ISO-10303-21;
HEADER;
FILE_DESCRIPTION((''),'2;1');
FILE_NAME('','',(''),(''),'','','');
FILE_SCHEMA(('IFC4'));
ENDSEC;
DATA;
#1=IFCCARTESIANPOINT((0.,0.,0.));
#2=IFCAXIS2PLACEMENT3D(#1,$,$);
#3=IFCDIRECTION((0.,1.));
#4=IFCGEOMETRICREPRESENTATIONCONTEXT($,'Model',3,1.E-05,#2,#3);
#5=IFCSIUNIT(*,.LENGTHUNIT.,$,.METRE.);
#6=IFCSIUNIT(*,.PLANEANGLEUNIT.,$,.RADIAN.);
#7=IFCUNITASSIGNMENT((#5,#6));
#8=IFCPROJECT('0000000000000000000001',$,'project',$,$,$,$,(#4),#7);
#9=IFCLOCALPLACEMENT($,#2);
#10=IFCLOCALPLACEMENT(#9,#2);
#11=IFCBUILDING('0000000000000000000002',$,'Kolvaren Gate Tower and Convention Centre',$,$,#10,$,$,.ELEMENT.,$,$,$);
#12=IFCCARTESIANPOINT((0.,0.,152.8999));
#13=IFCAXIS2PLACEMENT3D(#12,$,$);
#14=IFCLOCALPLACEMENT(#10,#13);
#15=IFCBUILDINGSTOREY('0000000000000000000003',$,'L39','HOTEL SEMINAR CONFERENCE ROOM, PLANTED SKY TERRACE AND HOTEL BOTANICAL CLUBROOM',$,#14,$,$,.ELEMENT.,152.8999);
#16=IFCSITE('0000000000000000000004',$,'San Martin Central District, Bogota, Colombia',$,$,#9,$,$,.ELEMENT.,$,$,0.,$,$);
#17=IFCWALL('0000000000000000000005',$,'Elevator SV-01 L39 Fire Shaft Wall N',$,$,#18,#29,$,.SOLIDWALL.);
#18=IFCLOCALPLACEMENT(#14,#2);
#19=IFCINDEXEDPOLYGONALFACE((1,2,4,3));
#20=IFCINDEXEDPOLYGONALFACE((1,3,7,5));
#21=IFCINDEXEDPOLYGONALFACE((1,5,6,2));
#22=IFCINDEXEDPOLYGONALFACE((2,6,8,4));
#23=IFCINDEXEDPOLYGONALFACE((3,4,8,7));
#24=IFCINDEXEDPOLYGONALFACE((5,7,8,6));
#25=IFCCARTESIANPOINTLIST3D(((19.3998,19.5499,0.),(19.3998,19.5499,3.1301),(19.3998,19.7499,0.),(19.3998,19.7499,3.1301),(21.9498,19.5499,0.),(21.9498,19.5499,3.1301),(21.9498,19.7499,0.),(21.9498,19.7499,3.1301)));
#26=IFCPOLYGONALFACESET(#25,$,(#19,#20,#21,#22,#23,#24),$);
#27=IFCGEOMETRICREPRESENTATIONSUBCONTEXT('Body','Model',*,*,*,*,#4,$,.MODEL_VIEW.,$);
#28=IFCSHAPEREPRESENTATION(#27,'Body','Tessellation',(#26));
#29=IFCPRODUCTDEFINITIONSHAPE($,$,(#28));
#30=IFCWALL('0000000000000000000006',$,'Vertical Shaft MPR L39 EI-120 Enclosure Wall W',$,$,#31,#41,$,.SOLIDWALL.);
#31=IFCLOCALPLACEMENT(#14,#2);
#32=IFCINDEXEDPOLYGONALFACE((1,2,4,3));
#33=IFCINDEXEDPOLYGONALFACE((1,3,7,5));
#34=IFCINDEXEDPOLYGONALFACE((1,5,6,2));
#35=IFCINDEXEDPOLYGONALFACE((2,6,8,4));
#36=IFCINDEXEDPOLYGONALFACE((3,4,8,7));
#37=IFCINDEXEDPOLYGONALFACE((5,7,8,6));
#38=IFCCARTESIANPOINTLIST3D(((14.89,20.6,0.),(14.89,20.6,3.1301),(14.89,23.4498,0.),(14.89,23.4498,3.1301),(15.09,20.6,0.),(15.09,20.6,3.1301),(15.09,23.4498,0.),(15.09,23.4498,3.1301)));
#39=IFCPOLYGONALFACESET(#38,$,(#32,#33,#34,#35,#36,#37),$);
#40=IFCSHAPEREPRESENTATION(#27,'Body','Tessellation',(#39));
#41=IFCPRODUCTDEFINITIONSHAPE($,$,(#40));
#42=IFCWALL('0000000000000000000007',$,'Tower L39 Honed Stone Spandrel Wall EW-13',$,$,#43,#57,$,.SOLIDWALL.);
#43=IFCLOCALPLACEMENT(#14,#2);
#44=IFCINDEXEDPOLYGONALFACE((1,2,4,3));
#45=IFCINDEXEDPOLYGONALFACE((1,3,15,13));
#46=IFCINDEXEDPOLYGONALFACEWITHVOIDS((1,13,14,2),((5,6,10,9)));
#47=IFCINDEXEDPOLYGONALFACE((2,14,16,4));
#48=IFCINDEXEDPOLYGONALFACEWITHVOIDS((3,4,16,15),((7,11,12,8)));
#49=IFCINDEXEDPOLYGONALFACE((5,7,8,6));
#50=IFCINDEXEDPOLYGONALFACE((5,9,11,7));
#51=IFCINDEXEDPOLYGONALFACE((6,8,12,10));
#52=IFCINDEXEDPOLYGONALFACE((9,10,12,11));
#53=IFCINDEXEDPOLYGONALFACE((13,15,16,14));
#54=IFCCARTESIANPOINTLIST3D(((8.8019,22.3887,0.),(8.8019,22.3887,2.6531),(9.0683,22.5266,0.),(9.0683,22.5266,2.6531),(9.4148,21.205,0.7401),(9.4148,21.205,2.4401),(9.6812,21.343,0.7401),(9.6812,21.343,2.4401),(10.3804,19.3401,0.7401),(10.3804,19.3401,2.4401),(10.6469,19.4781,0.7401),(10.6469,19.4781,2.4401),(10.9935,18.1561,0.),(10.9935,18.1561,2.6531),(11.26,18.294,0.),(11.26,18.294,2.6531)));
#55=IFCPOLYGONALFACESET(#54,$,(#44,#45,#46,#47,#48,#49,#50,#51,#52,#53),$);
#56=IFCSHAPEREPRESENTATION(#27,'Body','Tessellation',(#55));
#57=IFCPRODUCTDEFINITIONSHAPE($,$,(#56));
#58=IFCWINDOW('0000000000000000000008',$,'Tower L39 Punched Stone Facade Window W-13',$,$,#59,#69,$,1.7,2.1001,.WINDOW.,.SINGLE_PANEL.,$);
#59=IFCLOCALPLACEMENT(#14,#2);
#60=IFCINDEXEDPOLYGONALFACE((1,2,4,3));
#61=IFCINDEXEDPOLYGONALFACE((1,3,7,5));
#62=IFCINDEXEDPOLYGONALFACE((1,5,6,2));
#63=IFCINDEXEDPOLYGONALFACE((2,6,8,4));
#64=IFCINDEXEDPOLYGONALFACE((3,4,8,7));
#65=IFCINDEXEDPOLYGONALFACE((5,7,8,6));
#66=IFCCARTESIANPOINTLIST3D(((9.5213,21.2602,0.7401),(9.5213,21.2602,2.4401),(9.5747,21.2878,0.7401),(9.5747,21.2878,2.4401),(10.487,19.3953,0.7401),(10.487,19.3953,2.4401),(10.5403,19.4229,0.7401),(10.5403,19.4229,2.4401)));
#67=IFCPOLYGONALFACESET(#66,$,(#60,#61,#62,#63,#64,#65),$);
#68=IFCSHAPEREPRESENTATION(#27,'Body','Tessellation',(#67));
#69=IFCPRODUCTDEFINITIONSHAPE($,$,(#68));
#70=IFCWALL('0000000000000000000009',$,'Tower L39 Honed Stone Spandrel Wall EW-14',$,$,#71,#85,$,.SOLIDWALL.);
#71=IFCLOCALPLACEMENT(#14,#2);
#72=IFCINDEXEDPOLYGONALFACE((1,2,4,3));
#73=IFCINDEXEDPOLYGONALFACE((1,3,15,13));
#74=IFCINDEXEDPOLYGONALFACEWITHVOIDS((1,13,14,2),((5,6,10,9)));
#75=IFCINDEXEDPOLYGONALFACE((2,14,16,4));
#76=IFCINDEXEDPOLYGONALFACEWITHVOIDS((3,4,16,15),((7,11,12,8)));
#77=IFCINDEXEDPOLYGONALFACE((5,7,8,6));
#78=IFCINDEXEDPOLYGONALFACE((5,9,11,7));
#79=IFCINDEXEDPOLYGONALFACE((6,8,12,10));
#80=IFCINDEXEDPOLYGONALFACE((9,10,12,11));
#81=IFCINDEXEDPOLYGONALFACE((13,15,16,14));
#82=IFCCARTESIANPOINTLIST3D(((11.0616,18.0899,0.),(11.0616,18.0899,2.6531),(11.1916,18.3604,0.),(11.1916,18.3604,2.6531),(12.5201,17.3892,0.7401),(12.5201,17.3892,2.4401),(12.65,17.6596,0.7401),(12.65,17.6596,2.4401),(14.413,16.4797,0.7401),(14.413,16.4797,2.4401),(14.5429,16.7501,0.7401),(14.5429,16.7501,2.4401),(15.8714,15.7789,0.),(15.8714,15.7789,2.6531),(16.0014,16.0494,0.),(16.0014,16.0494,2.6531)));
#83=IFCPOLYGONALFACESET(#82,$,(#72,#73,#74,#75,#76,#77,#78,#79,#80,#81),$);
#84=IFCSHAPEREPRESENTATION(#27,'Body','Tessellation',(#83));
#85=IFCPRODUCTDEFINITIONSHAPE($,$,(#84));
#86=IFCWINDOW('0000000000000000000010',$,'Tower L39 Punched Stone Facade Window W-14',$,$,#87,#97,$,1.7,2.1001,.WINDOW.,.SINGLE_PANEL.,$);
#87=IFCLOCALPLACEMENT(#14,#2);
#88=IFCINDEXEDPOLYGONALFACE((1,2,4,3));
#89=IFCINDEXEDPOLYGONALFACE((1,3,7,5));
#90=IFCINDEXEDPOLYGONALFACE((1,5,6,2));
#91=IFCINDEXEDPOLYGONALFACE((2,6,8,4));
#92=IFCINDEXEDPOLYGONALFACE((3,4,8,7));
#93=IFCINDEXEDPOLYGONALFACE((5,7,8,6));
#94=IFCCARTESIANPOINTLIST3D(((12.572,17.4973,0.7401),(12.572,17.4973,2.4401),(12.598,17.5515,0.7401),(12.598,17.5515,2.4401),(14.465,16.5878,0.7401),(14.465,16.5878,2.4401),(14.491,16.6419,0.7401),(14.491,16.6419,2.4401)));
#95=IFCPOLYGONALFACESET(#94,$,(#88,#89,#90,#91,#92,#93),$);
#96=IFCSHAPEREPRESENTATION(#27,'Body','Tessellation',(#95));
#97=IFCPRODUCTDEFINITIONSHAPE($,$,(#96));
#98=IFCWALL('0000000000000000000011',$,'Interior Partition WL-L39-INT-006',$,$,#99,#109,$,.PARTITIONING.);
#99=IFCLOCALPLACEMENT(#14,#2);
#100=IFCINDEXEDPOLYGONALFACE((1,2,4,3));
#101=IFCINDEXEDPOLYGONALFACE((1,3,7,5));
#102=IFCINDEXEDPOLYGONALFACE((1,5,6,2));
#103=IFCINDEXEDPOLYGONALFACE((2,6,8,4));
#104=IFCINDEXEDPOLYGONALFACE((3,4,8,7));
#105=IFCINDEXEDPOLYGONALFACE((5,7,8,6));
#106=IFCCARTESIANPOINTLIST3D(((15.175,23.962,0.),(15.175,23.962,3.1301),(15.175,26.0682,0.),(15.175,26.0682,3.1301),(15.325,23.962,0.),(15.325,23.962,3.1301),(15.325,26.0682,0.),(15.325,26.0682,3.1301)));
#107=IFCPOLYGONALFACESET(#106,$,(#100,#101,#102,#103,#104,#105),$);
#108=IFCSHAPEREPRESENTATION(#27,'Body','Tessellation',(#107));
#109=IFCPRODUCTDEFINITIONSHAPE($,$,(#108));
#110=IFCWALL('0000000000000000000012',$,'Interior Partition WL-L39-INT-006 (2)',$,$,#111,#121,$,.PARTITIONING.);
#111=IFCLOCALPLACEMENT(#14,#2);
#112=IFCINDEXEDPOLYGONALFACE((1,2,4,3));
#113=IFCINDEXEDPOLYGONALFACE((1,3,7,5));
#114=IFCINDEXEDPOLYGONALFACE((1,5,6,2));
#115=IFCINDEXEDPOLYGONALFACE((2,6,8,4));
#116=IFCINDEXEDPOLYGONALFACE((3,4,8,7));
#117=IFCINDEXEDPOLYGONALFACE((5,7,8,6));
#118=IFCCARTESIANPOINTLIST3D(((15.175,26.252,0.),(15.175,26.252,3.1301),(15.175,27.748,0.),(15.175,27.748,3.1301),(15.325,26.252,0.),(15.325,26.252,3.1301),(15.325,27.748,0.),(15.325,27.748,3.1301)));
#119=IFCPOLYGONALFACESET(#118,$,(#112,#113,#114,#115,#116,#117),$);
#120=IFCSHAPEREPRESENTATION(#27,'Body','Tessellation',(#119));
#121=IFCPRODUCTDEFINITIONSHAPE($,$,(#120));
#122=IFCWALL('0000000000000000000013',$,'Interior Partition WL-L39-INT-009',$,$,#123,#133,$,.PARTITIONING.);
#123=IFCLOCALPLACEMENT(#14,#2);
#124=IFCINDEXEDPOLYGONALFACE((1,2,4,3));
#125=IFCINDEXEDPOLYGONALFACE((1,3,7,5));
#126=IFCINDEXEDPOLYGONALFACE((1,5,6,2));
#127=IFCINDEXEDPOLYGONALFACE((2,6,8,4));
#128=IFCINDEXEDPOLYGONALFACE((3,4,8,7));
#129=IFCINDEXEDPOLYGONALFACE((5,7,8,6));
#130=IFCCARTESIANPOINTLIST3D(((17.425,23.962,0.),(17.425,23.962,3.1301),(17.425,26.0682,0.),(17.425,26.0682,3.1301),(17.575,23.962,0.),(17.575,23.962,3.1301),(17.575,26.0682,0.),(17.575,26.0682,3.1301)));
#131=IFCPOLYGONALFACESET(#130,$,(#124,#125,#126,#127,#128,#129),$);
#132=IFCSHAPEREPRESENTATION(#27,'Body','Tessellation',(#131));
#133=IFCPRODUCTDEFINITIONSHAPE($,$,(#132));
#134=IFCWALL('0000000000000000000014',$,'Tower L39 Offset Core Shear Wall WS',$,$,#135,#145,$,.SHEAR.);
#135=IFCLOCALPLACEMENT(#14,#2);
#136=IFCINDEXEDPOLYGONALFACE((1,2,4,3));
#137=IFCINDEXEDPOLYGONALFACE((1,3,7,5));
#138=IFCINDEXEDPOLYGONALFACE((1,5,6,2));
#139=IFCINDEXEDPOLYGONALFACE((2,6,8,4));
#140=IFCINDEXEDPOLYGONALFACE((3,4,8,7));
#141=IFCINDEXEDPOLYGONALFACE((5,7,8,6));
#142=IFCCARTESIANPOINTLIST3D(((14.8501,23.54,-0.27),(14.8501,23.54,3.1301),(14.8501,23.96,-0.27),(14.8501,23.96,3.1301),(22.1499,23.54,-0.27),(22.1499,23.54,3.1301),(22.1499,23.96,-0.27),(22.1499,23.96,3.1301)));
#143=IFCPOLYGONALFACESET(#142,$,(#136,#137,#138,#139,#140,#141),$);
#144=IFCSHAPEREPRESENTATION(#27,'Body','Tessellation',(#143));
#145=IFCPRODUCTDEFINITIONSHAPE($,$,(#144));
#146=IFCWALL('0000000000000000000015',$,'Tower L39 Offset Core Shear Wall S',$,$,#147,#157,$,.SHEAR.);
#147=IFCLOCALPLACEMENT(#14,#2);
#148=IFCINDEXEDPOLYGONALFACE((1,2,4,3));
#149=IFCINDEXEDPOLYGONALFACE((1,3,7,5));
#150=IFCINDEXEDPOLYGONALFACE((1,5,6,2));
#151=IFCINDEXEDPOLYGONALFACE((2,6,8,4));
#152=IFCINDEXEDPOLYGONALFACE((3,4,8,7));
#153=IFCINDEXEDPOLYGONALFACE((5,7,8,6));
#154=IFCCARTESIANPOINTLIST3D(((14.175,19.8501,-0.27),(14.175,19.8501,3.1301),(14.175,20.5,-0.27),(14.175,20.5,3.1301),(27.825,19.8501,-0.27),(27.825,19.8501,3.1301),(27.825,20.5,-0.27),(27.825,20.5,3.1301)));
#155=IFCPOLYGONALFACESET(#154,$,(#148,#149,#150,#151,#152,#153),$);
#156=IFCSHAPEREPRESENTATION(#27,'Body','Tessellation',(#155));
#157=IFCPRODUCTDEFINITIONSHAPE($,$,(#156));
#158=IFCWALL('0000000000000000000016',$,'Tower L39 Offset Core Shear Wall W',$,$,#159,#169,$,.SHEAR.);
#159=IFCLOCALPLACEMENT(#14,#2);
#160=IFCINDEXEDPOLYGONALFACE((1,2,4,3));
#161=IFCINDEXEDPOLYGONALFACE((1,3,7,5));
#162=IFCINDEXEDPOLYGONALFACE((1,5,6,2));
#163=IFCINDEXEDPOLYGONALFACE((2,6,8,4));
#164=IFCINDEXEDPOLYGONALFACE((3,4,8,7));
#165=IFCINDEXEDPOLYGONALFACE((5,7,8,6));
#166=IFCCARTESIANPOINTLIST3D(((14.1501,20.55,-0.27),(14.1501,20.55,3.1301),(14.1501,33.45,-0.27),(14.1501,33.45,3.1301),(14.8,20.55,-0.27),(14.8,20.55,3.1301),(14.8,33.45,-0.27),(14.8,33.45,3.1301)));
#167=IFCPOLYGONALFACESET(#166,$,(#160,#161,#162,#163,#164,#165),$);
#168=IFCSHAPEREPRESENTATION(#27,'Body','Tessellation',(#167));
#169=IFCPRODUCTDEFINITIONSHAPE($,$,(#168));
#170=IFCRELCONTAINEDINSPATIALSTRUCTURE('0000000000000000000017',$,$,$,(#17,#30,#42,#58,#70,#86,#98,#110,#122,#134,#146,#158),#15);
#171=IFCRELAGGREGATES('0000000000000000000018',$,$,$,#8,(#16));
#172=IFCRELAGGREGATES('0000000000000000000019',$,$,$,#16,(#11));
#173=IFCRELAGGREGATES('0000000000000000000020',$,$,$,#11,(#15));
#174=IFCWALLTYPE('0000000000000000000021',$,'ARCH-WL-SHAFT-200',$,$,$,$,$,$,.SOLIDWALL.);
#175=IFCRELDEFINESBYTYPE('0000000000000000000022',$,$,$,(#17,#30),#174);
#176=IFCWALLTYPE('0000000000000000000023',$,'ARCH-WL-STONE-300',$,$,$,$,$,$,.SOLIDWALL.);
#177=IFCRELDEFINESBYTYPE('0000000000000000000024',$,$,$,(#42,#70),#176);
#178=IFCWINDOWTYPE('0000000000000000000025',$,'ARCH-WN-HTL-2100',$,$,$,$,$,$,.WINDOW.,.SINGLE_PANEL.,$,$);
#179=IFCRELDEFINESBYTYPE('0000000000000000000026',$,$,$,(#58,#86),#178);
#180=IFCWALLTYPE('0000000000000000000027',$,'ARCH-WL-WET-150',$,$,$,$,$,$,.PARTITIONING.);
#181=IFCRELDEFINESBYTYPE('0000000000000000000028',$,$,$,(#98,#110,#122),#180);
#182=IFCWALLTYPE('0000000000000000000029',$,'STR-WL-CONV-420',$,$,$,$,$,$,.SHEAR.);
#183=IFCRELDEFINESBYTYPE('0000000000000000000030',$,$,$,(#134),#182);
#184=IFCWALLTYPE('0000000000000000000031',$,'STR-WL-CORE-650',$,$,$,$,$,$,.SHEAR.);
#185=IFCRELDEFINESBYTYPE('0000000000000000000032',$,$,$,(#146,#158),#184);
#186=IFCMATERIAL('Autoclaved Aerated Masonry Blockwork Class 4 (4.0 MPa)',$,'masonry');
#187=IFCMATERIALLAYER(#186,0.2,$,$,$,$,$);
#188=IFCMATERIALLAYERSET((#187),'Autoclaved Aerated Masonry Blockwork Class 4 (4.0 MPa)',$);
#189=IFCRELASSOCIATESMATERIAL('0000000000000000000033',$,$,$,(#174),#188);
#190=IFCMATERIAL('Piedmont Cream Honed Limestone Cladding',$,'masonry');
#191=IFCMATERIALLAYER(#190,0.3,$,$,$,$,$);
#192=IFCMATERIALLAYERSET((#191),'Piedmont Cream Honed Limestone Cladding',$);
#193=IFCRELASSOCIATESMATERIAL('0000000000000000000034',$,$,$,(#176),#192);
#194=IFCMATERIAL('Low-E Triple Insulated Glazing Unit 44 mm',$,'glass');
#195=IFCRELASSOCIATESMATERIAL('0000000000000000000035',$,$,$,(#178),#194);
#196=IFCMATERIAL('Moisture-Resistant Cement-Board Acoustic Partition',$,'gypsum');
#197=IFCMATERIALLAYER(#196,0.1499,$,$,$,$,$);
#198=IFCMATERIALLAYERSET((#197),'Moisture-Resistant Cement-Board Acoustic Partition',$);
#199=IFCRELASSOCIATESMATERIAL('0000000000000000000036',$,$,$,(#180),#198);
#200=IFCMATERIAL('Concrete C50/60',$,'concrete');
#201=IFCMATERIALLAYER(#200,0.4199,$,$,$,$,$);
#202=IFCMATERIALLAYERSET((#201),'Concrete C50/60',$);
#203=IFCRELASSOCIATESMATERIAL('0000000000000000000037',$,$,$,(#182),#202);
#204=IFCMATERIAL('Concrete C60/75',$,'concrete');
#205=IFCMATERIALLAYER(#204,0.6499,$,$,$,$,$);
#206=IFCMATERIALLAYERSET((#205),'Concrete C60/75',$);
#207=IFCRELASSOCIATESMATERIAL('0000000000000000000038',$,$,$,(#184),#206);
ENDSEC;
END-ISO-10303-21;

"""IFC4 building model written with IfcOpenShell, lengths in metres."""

from ifc_helpers import new_model, si_unit, direction, frame, frame_2d, origin, place, context, subcontext, project, spatial, rectangle, extrude, material, layer, layer_set, type_object, element, fill, save


model = new_model("IFC4")

# Units and contexts
model_context = context("Model", 3, precision=1e-05, world=origin(), true_north=direction((0.0, 1.0)))
body_context = subcontext(model_context, "Body", "Model", "MODEL_VIEW")
ifc_project = project(units=[si_unit("LENGTHUNIT", "METRE"), si_unit("PLANEANGLEUNIT", "RADIAN")], contexts=[model_context])

# Site, building, storey
site_placement = place(None, origin())
site = spatial("IfcSite", under=ifc_project, at=site_placement, Name="San Martin Central District, Bogota, Colombia", CompositionType="ELEMENT", RefElevation=0.0)
building_placement = place(site_placement, origin())
building = spatial("IfcBuilding", under=site, at=building_placement, Name="Kolvaren Gate Tower and Convention Centre", CompositionType="ELEMENT")
storey_placement = place(building_placement, frame((0.0, 0.0, 152.8999)))
storey = spatial("IfcBuildingStorey", under=building, at=storey_placement, Name="L39", Description="HOTEL SEMINAR CONFERENCE ROOM, PLANTED SKY TERRACE AND HOTEL BOTANICAL CLUBROOM", CompositionType="ELEMENT", Elevation=152.8999)

# Shared definitions
ifc_material_1 = material(Name="Concrete C60/75", Category="concrete")

# Shared definitions
ifc_material_2 = material(Name="Autoclaved Aerated Masonry Blockwork Class 4 (4.0 MPa)", Category="masonry")

# Walls
ifc_layer_1 = layer(ifc_material_2, 0.2)
ifc_layer_set_1 = layer_set([ifc_layer_1], Name="Autoclaved Aerated Masonry Blockwork Class 4 (4.0 MPa)")
wall_type_1 = type_object("IfcWallType", Name="ARCH-WL-SHAFT-200", PredefinedType="SOLIDWALL", material=ifc_layer_set_1)
wall_1_placement = place(storey_placement, frame((19.3999, 19.6499, 0.0), z_axis=(0.0, 0.0, 1.0), x_axis=(1.0, 0.0, 0.0)))
element("IfcWall", 1, at=wall_1_placement, inside=storey, type_object=wall_type_1, Name="Elevator SV-01 L39 Fire Shaft Wall N", PredefinedType="SOLIDWALL", context=body_context, shape_type="SweptSolid", body=[
    extrude(rectangle(XDim=2.55, YDim=0.2, at=frame_2d((1.2749, 0.0))), origin(), (0.0, 0.0, 1.0), 3.1301),
])
wall_2_placement = place(storey_placement, frame((14.99, 20.6001, 0.0), z_axis=(0.0, 0.0, 1.0), x_axis=(0.0, 1.0, 0.0)))
element("IfcWall", 2, at=wall_2_placement, inside=storey, type_object=wall_type_1, Name="Vertical Shaft MPR L39 EI-120 Enclosure Wall W", PredefinedType="SOLIDWALL", context=body_context, shape_type="SweptSolid", body=[
    extrude(rectangle(XDim=2.8499, YDim=0.2, at=frame_2d((1.4248, 0.0))), origin(), (0.0, 0.0, 1.0), 3.1301),
])

# Walls, openings, windows
ifc_material_3 = material(Name="Piedmont Cream Honed Limestone Cladding", Category="masonry")
ifc_layer_2 = layer(ifc_material_3, 0.3)
ifc_layer_set_2 = layer_set([ifc_layer_2], Name="Piedmont Cream Honed Limestone Cladding")
wall_type_2 = type_object("IfcWallType", Name="ARCH-WL-STONE-300", PredefinedType="SOLIDWALL", material=ifc_layer_set_2)
wall_3_placement = place(storey_placement, frame((8.9351, 22.4578, 0.0), z_axis=(0.0, 0.0, 1.0), x_axis=(0.45981, -0.888017, 0.0)))
wall_3 = element("IfcWall", 3, at=wall_3_placement, inside=storey, type_object=wall_type_2, Name="Tower L39 Honed Stone Spandrel Wall EW-13", PredefinedType="SOLIDWALL", context=body_context, shape_type="SweptSolid", body=[
    extrude(rectangle(XDim=4.7664, YDim=0.3, at=frame_2d((2.3833, 0.0))), origin(), (0.0, 0.0, 1.0), 2.6531),
])
opening_1_placement = place(wall_3_placement, frame((1.333, 0.0, 0.74)))
opening_1 = element("IfcOpeningElement", 4, at=opening_1_placement, cuts=wall_3, PredefinedType="OPENING", context=body_context, shape_type="SweptSolid", body=[
    extrude(rectangle(XDim=2.1001, YDim=1.7, at=frame_2d((1.05, 0.8501))), frame((0.0, 0.1599, 0.0), z_axis=(0.0, -1.0, 0.0), x_axis=(1.0, 0.0, 0.0)), (0.0, 0.0, 1.0), 0.3201),
])
ifc_material_4 = material(Name="Low-E Triple Insulated Glazing Unit 44 mm", Category="glass")
window_type = type_object("IfcWindowType", Name="ARCH-WN-HTL-2100", PartitioningType="SINGLE_PANEL", PredefinedType="WINDOW", material=ifc_material_4)
window_1_placement = place(opening_1_placement, origin())
window_1 = element("IfcWindow", 5, at=window_1_placement, inside=storey, type_object=window_type, Name="Tower L39 Punched Stone Facade Window W-13", OverallHeight=1.7, OverallWidth=2.1001, PartitioningType="SINGLE_PANEL", PredefinedType="WINDOW", context=body_context, shape_type="SweptSolid", body=[
    extrude(rectangle(XDim=2.1001, YDim=1.7, at=frame_2d((1.05, 0.8501))), frame((0.0, 0.03, 0.0), z_axis=(0.0, -1.0, 0.0), x_axis=(1.0, 0.0, 0.0)), (0.0, 0.0, 1.0), 0.0601),
])
fill(opening_1, window_1)
wall_4_placement = place(storey_placement, frame((11.1267, 18.2251, 0.0), z_axis=(0.0, 0.0, 1.0), x_axis=(0.901353, -0.433085, 0.0)))
wall_4 = element("IfcWall", 6, at=wall_4_placement, inside=storey, type_object=wall_type_2, Name="Tower L39 Honed Stone Spandrel Wall EW-14", PredefinedType="SOLIDWALL", context=body_context, shape_type="SweptSolid", body=[
    extrude(rectangle(XDim=5.3362, YDim=0.3, at=frame_2d((2.668, 0.0))), origin(), (0.0, 0.0, 1.0), 2.6531),
])
opening_2_placement = place(wall_4_placement, frame((1.6179, 0.0, 0.74)))
opening_2 = element("IfcOpeningElement", 7, at=opening_2_placement, cuts=wall_4, PredefinedType="OPENING", context=body_context, shape_type="SweptSolid", body=[
    extrude(rectangle(XDim=2.1001, YDim=1.7, at=frame_2d((1.05, 0.8501))), frame((0.0, 0.1599, 0.0), z_axis=(0.0, -1.0, 0.0), x_axis=(1.0, 0.0, 0.0)), (0.0, 0.0, 1.0), 0.3201),
])
window_2_placement = place(opening_2_placement, origin())
window_2 = element("IfcWindow", 8, at=window_2_placement, inside=storey, type_object=window_type, Name="Tower L39 Punched Stone Facade Window W-14", OverallHeight=1.7, OverallWidth=2.1001, PartitioningType="SINGLE_PANEL", PredefinedType="WINDOW", context=body_context, shape_type="SweptSolid", body=[
    extrude(rectangle(XDim=2.1001, YDim=1.7, at=frame_2d((1.05, 0.8501))), frame((0.0, 0.03, 0.0), z_axis=(0.0, -1.0, 0.0), x_axis=(1.0, 0.0, 0.0)), (0.0, 0.0, 1.0), 0.0601),
])
fill(opening_2, window_2)

# Walls
ifc_material_5 = material(Name="Moisture-Resistant Cement-Board Acoustic Partition", Category="gypsum")
ifc_layer_3 = layer(ifc_material_5, 0.1499)
ifc_layer_set_3 = layer_set([ifc_layer_3], Name="Moisture-Resistant Cement-Board Acoustic Partition")
wall_type_3 = type_object("IfcWallType", Name="ARCH-WL-WET-150", PredefinedType="PARTITIONING", material=ifc_layer_set_3)
wall_5_placement = place(storey_placement, frame((15.25, 23.9619, 0.0), z_axis=(0.0, 0.0, 1.0), x_axis=(0.0, 1.0, 0.0)))
element("IfcWall", 9, at=wall_5_placement, inside=storey, type_object=wall_type_3, Name="Interior Partition WL-L39-INT-006", PredefinedType="PARTITIONING", context=body_context, shape_type="SweptSolid", body=[
    extrude(rectangle(XDim=2.1062, YDim=0.1499, at=frame_2d((1.0532, 0.0))), origin(), (0.0, 0.0, 1.0), 3.1301),
])
wall_6_placement = place(storey_placement, frame((15.25, 26.252, 0.0), z_axis=(0.0, 0.0, 1.0), x_axis=(0.0, 1.0, 0.0)))
element("IfcWall", 10, at=wall_6_placement, inside=storey, type_object=wall_type_3, Name="Interior Partition WL-L39-INT-006 (2)", PredefinedType="PARTITIONING", context=body_context, shape_type="SweptSolid", body=[
    extrude(rectangle(XDim=1.4961, YDim=0.1499, at=frame_2d((0.748, 0.0))), origin(), (0.0, 0.0, 1.0), 3.1301),
])
wall_7_placement = place(storey_placement, frame((17.5, 23.9619, 0.0), z_axis=(0.0, 0.0, 1.0), x_axis=(0.0, 1.0, 0.0)))
element("IfcWall", 11, at=wall_7_placement, inside=storey, type_object=wall_type_3, Name="Interior Partition WL-L39-INT-009", PredefinedType="PARTITIONING", context=body_context, shape_type="SweptSolid", body=[
    extrude(rectangle(XDim=2.1062, YDim=0.1499, at=frame_2d((1.0532, 0.0))), origin(), (0.0, 0.0, 1.0), 3.1301),
])
ifc_material_6 = material(Name="Concrete C50/60", Category="concrete")
ifc_layer_4 = layer(ifc_material_6, 0.4199)
ifc_layer_set_4 = layer_set([ifc_layer_4], Name="Concrete C50/60")
wall_type_4 = type_object("IfcWallType", Name="STR-WL-CONV-420", PredefinedType="SHEAR", material=ifc_layer_set_4)
wall_8_placement = place(storey_placement, frame((14.8501, 23.75, -0.27), z_axis=(0.0, 0.0, 1.0), x_axis=(1.0, 0.0, 0.0)))
element("IfcWall", 12, at=wall_8_placement, inside=storey, type_object=wall_type_4, Name="Tower L39 Offset Core Shear Wall WS", PredefinedType="SHEAR", context=body_context, shape_type="SweptSolid", body=[
    extrude(rectangle(XDim=7.2998, YDim=0.4199, at=frame_2d((3.6499, 0.0))), origin(), (0.0, 0.0, 1.0), 3.4001),
])
ifc_layer_5 = layer(ifc_material_1, 0.6499)
ifc_layer_set_5 = layer_set([ifc_layer_5], Name="Concrete C60/75")
wall_type_5 = type_object("IfcWallType", Name="STR-WL-CORE-650", PredefinedType="SHEAR", material=ifc_layer_set_5)
wall_9_placement = place(storey_placement, frame((14.175, 20.175, -0.27), z_axis=(0.0, 0.0, 1.0), x_axis=(1.0, 0.0, 0.0)))
element("IfcWall", 13, at=wall_9_placement, inside=storey, type_object=wall_type_5, Name="Tower L39 Offset Core Shear Wall S", PredefinedType="SHEAR", context=body_context, shape_type="SweptSolid", body=[
    extrude(rectangle(XDim=13.6499, YDim=0.6499, at=frame_2d((6.825, 0.0))), origin(), (0.0, 0.0, 1.0), 3.4001),
])
wall_10_placement = place(storey_placement, frame((14.4751, 20.55, -0.27), z_axis=(0.0, 0.0, 1.0), x_axis=(0.0, 1.0, 0.0)))
element("IfcWall", 14, at=wall_10_placement, inside=storey, type_object=wall_type_5, Name="Tower L39 Offset Core Shear Wall W", PredefinedType="SHEAR", context=body_context, shape_type="SweptSolid", body=[
    extrude(rectangle(XDim=12.8999, YDim=0.6499, at=frame_2d((6.45, 0.0))), origin(), (0.0, 0.0, 1.0), 3.4001),
])

save(model, "model.ifc")
